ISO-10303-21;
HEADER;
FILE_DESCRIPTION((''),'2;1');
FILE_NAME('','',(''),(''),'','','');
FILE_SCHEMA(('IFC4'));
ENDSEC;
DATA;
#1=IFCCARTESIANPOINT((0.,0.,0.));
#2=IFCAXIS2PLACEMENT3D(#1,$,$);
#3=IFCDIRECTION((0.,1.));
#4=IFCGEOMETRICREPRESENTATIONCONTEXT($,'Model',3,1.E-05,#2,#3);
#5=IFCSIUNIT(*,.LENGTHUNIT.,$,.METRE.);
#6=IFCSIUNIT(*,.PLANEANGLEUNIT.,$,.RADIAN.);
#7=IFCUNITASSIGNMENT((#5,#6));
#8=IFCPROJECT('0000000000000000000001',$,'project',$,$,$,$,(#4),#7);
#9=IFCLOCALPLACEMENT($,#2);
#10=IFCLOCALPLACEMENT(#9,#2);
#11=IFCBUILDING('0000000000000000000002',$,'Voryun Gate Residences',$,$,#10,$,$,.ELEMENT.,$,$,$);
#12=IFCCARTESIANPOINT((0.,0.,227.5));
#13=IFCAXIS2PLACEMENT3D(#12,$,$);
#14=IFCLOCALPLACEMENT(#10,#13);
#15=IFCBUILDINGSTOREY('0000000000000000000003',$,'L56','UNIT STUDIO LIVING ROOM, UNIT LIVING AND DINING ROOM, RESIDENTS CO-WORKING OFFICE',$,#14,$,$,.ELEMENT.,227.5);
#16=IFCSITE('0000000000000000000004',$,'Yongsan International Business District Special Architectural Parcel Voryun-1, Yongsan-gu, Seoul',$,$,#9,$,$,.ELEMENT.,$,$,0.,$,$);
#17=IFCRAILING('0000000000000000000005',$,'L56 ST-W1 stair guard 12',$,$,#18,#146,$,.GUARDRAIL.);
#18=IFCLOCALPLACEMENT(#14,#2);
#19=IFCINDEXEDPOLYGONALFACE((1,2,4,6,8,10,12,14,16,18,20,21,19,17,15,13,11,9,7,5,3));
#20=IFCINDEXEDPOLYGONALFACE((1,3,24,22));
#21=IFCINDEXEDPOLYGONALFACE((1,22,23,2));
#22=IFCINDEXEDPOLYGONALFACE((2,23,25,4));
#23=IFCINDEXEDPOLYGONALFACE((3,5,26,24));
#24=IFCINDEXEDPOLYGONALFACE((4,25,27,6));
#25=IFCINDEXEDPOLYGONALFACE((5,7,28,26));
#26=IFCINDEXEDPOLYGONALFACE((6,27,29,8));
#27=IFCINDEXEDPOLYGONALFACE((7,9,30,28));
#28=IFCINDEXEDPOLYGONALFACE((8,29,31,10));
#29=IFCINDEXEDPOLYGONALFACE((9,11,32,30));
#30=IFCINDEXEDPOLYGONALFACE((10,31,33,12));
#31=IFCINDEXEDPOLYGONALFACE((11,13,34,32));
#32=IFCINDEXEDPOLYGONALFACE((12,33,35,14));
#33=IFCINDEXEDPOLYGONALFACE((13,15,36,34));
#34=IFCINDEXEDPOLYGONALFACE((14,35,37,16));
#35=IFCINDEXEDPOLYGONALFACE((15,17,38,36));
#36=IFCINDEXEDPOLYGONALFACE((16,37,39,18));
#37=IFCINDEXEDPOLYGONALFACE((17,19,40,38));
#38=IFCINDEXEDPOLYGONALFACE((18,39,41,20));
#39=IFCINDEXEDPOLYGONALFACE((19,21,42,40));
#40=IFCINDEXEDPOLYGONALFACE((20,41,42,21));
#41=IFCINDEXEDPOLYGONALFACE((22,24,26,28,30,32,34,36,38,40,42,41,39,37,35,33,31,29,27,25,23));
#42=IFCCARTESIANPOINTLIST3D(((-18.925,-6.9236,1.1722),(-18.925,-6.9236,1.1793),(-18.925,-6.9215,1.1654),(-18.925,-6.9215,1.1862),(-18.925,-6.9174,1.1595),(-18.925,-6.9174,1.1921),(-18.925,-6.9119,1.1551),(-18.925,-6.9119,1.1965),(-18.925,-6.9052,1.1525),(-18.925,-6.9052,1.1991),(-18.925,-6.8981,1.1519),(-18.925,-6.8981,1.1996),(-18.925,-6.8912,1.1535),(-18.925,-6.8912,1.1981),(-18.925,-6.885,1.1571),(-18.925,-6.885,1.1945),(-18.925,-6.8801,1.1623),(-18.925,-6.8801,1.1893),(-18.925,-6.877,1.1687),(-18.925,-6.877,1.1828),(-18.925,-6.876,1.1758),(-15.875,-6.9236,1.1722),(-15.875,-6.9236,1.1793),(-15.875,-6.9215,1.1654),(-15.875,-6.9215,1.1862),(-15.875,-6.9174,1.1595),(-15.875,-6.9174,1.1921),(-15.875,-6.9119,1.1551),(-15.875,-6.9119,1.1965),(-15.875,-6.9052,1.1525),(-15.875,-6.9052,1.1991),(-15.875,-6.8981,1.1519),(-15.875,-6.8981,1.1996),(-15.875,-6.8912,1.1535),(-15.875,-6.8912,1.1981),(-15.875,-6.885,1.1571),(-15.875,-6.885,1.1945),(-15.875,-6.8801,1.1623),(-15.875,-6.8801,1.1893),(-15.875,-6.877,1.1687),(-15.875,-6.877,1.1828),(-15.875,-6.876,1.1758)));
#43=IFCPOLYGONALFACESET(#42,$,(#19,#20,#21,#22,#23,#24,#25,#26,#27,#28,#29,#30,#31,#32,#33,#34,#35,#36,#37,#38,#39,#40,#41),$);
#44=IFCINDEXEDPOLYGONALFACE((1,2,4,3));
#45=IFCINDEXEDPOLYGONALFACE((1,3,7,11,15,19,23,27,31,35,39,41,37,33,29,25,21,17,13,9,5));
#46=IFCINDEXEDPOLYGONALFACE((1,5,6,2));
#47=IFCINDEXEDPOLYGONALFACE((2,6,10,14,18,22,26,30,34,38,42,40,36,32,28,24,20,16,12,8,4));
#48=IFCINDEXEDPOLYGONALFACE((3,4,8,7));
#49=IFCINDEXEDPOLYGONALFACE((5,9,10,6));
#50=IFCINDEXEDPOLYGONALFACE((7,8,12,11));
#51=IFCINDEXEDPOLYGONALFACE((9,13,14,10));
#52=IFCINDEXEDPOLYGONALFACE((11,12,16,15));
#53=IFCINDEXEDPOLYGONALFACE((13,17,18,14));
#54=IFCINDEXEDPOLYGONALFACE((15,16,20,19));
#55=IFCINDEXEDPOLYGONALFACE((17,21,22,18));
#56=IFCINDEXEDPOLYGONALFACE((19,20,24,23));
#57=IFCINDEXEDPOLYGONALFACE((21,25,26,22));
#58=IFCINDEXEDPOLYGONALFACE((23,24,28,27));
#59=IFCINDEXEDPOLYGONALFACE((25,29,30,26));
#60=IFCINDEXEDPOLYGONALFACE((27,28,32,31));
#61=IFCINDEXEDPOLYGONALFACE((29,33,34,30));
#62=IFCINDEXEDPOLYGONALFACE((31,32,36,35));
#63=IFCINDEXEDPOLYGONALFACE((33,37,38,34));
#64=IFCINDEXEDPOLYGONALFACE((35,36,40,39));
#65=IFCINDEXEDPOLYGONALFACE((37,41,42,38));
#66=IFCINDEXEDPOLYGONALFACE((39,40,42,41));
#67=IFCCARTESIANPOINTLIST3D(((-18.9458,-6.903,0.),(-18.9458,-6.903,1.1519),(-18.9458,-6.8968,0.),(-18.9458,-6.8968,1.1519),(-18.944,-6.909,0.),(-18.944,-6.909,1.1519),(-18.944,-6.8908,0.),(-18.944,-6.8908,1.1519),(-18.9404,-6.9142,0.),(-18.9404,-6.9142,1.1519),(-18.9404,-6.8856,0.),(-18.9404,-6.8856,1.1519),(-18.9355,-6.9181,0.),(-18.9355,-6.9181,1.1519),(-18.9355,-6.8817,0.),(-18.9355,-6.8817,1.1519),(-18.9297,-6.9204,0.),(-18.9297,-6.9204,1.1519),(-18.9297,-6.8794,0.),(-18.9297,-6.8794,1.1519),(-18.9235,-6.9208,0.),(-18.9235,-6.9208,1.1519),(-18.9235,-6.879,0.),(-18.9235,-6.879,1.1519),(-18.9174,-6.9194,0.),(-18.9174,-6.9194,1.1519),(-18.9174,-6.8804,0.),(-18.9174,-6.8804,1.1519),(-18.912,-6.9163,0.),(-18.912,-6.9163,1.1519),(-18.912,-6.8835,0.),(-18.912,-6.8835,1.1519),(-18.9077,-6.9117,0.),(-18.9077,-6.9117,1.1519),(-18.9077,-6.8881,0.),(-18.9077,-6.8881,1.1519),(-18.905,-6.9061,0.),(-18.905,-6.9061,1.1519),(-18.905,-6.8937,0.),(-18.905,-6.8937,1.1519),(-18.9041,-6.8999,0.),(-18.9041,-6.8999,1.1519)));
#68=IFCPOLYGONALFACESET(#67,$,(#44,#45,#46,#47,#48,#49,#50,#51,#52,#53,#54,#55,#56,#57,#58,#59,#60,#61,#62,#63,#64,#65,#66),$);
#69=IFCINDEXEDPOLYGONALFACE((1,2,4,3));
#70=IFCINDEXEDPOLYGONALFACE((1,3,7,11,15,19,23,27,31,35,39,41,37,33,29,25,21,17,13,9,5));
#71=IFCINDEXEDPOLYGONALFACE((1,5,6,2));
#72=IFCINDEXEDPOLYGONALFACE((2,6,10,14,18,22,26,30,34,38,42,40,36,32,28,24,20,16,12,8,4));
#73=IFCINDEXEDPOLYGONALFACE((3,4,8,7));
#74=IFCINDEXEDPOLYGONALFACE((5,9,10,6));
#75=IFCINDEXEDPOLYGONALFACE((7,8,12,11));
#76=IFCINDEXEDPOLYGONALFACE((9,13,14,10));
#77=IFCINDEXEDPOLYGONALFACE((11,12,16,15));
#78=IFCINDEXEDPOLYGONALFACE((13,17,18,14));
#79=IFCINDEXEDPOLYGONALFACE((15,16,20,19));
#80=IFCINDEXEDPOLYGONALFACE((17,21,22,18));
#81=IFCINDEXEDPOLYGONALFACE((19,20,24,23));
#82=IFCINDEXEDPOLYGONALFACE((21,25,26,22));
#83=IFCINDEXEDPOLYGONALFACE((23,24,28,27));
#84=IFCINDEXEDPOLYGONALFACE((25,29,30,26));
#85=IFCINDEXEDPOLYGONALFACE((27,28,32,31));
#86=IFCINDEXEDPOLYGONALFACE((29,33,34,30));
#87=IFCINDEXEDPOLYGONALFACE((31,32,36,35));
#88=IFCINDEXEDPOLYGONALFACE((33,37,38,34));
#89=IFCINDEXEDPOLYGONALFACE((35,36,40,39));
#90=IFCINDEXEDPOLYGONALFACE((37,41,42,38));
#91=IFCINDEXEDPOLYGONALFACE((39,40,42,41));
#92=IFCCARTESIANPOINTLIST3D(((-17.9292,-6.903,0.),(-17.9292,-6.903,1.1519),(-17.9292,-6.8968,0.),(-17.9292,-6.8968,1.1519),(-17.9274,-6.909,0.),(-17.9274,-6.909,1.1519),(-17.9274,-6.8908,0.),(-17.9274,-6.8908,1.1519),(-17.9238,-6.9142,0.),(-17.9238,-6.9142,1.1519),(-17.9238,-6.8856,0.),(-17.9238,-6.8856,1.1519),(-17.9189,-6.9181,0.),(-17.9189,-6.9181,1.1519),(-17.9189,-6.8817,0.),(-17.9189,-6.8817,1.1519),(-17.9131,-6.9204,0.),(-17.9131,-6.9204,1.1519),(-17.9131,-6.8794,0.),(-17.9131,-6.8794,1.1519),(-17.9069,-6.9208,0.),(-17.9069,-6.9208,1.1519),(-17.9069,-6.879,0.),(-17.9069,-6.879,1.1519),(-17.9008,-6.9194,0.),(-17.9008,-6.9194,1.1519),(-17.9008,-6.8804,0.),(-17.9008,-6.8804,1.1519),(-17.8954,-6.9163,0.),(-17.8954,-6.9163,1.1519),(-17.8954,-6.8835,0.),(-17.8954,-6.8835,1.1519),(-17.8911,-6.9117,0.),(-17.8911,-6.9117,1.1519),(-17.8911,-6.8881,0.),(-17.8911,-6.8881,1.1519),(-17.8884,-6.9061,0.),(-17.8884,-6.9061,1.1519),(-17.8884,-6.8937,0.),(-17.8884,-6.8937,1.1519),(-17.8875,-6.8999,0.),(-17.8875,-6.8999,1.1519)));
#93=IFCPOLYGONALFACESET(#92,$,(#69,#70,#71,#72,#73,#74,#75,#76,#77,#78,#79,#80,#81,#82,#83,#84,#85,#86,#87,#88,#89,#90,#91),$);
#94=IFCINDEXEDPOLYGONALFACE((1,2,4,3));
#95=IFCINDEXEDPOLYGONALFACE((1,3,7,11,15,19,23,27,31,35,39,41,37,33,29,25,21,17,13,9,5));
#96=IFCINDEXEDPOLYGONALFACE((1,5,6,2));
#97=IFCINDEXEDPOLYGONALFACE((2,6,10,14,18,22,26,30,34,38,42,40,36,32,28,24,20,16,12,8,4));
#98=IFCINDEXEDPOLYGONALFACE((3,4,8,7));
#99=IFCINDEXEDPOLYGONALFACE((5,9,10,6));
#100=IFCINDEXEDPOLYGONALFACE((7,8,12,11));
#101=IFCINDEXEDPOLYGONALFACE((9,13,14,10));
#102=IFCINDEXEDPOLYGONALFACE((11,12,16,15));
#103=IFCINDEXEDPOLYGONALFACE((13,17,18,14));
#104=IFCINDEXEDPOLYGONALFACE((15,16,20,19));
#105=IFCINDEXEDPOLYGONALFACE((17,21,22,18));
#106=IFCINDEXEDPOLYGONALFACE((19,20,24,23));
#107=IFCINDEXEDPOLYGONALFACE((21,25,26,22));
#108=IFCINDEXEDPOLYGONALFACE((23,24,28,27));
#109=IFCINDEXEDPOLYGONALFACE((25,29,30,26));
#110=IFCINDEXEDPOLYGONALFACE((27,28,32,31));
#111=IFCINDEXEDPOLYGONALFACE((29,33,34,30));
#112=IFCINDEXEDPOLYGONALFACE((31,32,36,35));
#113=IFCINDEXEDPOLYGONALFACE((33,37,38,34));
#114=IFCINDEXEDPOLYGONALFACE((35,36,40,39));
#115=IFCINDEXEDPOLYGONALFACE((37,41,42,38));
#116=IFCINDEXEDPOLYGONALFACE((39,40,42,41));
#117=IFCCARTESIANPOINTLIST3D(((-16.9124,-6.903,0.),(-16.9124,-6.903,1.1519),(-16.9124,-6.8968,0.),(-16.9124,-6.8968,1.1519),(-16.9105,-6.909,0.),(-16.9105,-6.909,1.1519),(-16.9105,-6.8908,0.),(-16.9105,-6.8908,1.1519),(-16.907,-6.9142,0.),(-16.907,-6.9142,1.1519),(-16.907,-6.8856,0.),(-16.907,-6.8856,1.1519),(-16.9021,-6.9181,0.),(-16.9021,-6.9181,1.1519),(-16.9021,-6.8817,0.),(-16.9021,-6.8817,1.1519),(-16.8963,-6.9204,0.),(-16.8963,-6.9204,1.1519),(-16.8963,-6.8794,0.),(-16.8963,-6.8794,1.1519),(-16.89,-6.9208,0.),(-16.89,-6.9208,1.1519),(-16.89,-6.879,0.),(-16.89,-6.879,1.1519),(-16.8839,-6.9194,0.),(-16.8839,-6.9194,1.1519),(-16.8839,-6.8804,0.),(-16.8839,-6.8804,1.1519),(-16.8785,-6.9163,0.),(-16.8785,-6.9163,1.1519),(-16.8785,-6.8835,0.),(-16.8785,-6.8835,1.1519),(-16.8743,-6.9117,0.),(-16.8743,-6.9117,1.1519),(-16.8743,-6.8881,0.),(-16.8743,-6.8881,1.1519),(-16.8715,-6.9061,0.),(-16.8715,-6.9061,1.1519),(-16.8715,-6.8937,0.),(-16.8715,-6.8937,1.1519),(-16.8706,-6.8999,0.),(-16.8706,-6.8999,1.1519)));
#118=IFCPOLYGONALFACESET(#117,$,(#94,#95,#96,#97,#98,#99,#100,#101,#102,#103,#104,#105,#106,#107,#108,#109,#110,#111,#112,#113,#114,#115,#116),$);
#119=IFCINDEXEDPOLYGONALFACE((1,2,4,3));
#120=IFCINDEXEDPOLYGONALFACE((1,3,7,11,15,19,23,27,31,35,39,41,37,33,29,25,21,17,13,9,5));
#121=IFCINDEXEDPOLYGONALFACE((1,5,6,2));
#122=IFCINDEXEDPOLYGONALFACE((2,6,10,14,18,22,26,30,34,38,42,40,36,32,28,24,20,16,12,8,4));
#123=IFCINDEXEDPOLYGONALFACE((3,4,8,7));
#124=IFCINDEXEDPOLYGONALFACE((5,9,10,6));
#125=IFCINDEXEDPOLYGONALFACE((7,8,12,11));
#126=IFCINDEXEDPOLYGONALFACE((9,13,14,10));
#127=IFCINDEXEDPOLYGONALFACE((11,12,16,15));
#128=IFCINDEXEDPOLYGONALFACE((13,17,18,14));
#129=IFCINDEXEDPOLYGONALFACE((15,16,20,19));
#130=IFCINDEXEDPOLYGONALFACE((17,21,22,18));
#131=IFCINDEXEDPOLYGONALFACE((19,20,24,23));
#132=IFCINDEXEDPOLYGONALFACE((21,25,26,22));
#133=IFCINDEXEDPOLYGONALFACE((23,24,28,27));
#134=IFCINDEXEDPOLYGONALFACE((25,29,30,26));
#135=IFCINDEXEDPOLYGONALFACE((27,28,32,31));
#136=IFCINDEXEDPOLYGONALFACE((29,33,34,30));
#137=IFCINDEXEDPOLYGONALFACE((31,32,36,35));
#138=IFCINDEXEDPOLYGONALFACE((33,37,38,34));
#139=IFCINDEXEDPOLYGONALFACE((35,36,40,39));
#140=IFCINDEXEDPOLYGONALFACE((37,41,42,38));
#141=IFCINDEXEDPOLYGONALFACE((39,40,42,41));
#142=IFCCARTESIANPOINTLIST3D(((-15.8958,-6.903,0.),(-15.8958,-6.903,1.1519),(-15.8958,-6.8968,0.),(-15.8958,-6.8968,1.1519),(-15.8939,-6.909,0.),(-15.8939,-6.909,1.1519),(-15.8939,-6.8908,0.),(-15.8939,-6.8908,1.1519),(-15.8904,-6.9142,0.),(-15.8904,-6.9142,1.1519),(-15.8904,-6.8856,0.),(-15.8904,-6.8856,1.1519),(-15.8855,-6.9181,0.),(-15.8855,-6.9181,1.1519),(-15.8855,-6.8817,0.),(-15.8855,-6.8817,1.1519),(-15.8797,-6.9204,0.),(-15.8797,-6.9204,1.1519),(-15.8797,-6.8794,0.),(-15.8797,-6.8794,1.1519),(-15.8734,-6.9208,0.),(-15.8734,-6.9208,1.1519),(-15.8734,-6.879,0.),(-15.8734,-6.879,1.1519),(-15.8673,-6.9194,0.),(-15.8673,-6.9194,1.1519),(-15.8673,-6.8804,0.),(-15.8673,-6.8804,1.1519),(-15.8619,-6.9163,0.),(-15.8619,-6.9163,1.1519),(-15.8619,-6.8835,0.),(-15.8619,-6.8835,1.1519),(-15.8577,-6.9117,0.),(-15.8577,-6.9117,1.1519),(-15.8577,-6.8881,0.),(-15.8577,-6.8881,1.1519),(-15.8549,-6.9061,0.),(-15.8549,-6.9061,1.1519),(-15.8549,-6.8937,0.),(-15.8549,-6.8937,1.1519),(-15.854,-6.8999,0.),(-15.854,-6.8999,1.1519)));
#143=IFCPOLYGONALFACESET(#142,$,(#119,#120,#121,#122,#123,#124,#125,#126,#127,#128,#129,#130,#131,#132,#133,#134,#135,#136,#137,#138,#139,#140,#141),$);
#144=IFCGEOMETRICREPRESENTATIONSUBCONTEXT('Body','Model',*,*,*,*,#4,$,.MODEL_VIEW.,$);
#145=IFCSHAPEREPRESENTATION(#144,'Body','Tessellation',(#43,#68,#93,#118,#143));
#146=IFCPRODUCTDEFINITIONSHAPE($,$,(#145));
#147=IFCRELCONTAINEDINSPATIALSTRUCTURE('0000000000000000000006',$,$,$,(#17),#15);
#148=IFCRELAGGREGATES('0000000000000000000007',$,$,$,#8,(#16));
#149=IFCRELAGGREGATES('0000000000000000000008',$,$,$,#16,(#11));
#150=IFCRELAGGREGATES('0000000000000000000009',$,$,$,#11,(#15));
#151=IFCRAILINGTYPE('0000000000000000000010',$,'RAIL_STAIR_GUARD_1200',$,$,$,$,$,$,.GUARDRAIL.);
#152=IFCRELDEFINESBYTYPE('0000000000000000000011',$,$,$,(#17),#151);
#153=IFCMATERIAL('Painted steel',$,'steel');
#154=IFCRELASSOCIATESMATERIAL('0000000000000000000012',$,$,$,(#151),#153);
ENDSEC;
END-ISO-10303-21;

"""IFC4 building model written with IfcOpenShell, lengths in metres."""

from ifc_helpers import new_model, si_unit, direction, frame, origin, origin_2d, place, context, subcontext, project, spatial, circle, extrude, material, type_object, element, save


model = new_model("IFC4")

# Units and contexts
model_context = context("Model", 3, precision=1e-05, world=origin(), true_north=direction((0.0, 1.0)))
body_context = subcontext(model_context, "Body", "Model", "MODEL_VIEW")
ifc_project = project(units=[si_unit("LENGTHUNIT", "METRE"), si_unit("PLANEANGLEUNIT", "RADIAN")], contexts=[model_context])

# Site, building, storey
site_placement = place(None, origin())
site = spatial("IfcSite", under=ifc_project, at=site_placement, Name="Yongsan International Business District Special Architectural Parcel Voryun-1, Yongsan-gu, Seoul", CompositionType="ELEMENT", RefElevation=0.0)
building_placement = place(site_placement, origin())
building = spatial("IfcBuilding", under=site, at=building_placement, Name="Voryun Gate Residences", CompositionType="ELEMENT")
storey_placement = place(building_placement, frame((0.0, 0.0, 227.5)))
storey = spatial("IfcBuildingStorey", under=building, at=storey_placement, Name="L56", Description="UNIT STUDIO LIVING ROOM, UNIT LIVING AND DINING ROOM, RESIDENTS CO-WORKING OFFICE", CompositionType="ELEMENT", Elevation=227.5)

# Railing
ifc_material_1 = material(Name="Painted steel", Category="steel")
railing_type_1 = type_object("IfcRailingType", Name="RAIL_STAIR_GUARD_1200", PredefinedType="GUARDRAIL", material=ifc_material_1)
railing_1_placement = place(storey_placement, frame((-18.925, -6.8999, 0.0)))
element("IfcRailing", 1, at=railing_1_placement, inside=storey, type_object=railing_type_1, Name="L56 ST-W1 stair guard 12", PredefinedType="GUARDRAIL", context=body_context, shape_type="SweptSolid", body=[
    extrude(circle(Radius=0.0239, at=origin_2d()), frame((0.0, 0.0, 1.1758), z_axis=(1.0, 0.0, 0.0), x_axis=(0.0, 1.0, 0.0)), (0.0, 0.0, 1.0), 3.05),
    extrude(circle(Radius=0.021, at=origin_2d()), origin(), (0.0, 0.0, 1.0), 1.1519),
    extrude(circle(Radius=0.021, at=origin_2d()), frame((1.0166, 0.0, 0.0)), (0.0, 0.0, 1.0), 1.1519),
    extrude(circle(Radius=0.021, at=origin_2d()), frame((2.0334, 0.0, 0.0)), (0.0, 0.0, 1.0), 1.1519),
    extrude(circle(Radius=0.021, at=origin_2d()), frame((3.05, 0.0, 0.0)), (0.0, 0.0, 1.0), 1.1519),
])

save(model, "model.ifc")
